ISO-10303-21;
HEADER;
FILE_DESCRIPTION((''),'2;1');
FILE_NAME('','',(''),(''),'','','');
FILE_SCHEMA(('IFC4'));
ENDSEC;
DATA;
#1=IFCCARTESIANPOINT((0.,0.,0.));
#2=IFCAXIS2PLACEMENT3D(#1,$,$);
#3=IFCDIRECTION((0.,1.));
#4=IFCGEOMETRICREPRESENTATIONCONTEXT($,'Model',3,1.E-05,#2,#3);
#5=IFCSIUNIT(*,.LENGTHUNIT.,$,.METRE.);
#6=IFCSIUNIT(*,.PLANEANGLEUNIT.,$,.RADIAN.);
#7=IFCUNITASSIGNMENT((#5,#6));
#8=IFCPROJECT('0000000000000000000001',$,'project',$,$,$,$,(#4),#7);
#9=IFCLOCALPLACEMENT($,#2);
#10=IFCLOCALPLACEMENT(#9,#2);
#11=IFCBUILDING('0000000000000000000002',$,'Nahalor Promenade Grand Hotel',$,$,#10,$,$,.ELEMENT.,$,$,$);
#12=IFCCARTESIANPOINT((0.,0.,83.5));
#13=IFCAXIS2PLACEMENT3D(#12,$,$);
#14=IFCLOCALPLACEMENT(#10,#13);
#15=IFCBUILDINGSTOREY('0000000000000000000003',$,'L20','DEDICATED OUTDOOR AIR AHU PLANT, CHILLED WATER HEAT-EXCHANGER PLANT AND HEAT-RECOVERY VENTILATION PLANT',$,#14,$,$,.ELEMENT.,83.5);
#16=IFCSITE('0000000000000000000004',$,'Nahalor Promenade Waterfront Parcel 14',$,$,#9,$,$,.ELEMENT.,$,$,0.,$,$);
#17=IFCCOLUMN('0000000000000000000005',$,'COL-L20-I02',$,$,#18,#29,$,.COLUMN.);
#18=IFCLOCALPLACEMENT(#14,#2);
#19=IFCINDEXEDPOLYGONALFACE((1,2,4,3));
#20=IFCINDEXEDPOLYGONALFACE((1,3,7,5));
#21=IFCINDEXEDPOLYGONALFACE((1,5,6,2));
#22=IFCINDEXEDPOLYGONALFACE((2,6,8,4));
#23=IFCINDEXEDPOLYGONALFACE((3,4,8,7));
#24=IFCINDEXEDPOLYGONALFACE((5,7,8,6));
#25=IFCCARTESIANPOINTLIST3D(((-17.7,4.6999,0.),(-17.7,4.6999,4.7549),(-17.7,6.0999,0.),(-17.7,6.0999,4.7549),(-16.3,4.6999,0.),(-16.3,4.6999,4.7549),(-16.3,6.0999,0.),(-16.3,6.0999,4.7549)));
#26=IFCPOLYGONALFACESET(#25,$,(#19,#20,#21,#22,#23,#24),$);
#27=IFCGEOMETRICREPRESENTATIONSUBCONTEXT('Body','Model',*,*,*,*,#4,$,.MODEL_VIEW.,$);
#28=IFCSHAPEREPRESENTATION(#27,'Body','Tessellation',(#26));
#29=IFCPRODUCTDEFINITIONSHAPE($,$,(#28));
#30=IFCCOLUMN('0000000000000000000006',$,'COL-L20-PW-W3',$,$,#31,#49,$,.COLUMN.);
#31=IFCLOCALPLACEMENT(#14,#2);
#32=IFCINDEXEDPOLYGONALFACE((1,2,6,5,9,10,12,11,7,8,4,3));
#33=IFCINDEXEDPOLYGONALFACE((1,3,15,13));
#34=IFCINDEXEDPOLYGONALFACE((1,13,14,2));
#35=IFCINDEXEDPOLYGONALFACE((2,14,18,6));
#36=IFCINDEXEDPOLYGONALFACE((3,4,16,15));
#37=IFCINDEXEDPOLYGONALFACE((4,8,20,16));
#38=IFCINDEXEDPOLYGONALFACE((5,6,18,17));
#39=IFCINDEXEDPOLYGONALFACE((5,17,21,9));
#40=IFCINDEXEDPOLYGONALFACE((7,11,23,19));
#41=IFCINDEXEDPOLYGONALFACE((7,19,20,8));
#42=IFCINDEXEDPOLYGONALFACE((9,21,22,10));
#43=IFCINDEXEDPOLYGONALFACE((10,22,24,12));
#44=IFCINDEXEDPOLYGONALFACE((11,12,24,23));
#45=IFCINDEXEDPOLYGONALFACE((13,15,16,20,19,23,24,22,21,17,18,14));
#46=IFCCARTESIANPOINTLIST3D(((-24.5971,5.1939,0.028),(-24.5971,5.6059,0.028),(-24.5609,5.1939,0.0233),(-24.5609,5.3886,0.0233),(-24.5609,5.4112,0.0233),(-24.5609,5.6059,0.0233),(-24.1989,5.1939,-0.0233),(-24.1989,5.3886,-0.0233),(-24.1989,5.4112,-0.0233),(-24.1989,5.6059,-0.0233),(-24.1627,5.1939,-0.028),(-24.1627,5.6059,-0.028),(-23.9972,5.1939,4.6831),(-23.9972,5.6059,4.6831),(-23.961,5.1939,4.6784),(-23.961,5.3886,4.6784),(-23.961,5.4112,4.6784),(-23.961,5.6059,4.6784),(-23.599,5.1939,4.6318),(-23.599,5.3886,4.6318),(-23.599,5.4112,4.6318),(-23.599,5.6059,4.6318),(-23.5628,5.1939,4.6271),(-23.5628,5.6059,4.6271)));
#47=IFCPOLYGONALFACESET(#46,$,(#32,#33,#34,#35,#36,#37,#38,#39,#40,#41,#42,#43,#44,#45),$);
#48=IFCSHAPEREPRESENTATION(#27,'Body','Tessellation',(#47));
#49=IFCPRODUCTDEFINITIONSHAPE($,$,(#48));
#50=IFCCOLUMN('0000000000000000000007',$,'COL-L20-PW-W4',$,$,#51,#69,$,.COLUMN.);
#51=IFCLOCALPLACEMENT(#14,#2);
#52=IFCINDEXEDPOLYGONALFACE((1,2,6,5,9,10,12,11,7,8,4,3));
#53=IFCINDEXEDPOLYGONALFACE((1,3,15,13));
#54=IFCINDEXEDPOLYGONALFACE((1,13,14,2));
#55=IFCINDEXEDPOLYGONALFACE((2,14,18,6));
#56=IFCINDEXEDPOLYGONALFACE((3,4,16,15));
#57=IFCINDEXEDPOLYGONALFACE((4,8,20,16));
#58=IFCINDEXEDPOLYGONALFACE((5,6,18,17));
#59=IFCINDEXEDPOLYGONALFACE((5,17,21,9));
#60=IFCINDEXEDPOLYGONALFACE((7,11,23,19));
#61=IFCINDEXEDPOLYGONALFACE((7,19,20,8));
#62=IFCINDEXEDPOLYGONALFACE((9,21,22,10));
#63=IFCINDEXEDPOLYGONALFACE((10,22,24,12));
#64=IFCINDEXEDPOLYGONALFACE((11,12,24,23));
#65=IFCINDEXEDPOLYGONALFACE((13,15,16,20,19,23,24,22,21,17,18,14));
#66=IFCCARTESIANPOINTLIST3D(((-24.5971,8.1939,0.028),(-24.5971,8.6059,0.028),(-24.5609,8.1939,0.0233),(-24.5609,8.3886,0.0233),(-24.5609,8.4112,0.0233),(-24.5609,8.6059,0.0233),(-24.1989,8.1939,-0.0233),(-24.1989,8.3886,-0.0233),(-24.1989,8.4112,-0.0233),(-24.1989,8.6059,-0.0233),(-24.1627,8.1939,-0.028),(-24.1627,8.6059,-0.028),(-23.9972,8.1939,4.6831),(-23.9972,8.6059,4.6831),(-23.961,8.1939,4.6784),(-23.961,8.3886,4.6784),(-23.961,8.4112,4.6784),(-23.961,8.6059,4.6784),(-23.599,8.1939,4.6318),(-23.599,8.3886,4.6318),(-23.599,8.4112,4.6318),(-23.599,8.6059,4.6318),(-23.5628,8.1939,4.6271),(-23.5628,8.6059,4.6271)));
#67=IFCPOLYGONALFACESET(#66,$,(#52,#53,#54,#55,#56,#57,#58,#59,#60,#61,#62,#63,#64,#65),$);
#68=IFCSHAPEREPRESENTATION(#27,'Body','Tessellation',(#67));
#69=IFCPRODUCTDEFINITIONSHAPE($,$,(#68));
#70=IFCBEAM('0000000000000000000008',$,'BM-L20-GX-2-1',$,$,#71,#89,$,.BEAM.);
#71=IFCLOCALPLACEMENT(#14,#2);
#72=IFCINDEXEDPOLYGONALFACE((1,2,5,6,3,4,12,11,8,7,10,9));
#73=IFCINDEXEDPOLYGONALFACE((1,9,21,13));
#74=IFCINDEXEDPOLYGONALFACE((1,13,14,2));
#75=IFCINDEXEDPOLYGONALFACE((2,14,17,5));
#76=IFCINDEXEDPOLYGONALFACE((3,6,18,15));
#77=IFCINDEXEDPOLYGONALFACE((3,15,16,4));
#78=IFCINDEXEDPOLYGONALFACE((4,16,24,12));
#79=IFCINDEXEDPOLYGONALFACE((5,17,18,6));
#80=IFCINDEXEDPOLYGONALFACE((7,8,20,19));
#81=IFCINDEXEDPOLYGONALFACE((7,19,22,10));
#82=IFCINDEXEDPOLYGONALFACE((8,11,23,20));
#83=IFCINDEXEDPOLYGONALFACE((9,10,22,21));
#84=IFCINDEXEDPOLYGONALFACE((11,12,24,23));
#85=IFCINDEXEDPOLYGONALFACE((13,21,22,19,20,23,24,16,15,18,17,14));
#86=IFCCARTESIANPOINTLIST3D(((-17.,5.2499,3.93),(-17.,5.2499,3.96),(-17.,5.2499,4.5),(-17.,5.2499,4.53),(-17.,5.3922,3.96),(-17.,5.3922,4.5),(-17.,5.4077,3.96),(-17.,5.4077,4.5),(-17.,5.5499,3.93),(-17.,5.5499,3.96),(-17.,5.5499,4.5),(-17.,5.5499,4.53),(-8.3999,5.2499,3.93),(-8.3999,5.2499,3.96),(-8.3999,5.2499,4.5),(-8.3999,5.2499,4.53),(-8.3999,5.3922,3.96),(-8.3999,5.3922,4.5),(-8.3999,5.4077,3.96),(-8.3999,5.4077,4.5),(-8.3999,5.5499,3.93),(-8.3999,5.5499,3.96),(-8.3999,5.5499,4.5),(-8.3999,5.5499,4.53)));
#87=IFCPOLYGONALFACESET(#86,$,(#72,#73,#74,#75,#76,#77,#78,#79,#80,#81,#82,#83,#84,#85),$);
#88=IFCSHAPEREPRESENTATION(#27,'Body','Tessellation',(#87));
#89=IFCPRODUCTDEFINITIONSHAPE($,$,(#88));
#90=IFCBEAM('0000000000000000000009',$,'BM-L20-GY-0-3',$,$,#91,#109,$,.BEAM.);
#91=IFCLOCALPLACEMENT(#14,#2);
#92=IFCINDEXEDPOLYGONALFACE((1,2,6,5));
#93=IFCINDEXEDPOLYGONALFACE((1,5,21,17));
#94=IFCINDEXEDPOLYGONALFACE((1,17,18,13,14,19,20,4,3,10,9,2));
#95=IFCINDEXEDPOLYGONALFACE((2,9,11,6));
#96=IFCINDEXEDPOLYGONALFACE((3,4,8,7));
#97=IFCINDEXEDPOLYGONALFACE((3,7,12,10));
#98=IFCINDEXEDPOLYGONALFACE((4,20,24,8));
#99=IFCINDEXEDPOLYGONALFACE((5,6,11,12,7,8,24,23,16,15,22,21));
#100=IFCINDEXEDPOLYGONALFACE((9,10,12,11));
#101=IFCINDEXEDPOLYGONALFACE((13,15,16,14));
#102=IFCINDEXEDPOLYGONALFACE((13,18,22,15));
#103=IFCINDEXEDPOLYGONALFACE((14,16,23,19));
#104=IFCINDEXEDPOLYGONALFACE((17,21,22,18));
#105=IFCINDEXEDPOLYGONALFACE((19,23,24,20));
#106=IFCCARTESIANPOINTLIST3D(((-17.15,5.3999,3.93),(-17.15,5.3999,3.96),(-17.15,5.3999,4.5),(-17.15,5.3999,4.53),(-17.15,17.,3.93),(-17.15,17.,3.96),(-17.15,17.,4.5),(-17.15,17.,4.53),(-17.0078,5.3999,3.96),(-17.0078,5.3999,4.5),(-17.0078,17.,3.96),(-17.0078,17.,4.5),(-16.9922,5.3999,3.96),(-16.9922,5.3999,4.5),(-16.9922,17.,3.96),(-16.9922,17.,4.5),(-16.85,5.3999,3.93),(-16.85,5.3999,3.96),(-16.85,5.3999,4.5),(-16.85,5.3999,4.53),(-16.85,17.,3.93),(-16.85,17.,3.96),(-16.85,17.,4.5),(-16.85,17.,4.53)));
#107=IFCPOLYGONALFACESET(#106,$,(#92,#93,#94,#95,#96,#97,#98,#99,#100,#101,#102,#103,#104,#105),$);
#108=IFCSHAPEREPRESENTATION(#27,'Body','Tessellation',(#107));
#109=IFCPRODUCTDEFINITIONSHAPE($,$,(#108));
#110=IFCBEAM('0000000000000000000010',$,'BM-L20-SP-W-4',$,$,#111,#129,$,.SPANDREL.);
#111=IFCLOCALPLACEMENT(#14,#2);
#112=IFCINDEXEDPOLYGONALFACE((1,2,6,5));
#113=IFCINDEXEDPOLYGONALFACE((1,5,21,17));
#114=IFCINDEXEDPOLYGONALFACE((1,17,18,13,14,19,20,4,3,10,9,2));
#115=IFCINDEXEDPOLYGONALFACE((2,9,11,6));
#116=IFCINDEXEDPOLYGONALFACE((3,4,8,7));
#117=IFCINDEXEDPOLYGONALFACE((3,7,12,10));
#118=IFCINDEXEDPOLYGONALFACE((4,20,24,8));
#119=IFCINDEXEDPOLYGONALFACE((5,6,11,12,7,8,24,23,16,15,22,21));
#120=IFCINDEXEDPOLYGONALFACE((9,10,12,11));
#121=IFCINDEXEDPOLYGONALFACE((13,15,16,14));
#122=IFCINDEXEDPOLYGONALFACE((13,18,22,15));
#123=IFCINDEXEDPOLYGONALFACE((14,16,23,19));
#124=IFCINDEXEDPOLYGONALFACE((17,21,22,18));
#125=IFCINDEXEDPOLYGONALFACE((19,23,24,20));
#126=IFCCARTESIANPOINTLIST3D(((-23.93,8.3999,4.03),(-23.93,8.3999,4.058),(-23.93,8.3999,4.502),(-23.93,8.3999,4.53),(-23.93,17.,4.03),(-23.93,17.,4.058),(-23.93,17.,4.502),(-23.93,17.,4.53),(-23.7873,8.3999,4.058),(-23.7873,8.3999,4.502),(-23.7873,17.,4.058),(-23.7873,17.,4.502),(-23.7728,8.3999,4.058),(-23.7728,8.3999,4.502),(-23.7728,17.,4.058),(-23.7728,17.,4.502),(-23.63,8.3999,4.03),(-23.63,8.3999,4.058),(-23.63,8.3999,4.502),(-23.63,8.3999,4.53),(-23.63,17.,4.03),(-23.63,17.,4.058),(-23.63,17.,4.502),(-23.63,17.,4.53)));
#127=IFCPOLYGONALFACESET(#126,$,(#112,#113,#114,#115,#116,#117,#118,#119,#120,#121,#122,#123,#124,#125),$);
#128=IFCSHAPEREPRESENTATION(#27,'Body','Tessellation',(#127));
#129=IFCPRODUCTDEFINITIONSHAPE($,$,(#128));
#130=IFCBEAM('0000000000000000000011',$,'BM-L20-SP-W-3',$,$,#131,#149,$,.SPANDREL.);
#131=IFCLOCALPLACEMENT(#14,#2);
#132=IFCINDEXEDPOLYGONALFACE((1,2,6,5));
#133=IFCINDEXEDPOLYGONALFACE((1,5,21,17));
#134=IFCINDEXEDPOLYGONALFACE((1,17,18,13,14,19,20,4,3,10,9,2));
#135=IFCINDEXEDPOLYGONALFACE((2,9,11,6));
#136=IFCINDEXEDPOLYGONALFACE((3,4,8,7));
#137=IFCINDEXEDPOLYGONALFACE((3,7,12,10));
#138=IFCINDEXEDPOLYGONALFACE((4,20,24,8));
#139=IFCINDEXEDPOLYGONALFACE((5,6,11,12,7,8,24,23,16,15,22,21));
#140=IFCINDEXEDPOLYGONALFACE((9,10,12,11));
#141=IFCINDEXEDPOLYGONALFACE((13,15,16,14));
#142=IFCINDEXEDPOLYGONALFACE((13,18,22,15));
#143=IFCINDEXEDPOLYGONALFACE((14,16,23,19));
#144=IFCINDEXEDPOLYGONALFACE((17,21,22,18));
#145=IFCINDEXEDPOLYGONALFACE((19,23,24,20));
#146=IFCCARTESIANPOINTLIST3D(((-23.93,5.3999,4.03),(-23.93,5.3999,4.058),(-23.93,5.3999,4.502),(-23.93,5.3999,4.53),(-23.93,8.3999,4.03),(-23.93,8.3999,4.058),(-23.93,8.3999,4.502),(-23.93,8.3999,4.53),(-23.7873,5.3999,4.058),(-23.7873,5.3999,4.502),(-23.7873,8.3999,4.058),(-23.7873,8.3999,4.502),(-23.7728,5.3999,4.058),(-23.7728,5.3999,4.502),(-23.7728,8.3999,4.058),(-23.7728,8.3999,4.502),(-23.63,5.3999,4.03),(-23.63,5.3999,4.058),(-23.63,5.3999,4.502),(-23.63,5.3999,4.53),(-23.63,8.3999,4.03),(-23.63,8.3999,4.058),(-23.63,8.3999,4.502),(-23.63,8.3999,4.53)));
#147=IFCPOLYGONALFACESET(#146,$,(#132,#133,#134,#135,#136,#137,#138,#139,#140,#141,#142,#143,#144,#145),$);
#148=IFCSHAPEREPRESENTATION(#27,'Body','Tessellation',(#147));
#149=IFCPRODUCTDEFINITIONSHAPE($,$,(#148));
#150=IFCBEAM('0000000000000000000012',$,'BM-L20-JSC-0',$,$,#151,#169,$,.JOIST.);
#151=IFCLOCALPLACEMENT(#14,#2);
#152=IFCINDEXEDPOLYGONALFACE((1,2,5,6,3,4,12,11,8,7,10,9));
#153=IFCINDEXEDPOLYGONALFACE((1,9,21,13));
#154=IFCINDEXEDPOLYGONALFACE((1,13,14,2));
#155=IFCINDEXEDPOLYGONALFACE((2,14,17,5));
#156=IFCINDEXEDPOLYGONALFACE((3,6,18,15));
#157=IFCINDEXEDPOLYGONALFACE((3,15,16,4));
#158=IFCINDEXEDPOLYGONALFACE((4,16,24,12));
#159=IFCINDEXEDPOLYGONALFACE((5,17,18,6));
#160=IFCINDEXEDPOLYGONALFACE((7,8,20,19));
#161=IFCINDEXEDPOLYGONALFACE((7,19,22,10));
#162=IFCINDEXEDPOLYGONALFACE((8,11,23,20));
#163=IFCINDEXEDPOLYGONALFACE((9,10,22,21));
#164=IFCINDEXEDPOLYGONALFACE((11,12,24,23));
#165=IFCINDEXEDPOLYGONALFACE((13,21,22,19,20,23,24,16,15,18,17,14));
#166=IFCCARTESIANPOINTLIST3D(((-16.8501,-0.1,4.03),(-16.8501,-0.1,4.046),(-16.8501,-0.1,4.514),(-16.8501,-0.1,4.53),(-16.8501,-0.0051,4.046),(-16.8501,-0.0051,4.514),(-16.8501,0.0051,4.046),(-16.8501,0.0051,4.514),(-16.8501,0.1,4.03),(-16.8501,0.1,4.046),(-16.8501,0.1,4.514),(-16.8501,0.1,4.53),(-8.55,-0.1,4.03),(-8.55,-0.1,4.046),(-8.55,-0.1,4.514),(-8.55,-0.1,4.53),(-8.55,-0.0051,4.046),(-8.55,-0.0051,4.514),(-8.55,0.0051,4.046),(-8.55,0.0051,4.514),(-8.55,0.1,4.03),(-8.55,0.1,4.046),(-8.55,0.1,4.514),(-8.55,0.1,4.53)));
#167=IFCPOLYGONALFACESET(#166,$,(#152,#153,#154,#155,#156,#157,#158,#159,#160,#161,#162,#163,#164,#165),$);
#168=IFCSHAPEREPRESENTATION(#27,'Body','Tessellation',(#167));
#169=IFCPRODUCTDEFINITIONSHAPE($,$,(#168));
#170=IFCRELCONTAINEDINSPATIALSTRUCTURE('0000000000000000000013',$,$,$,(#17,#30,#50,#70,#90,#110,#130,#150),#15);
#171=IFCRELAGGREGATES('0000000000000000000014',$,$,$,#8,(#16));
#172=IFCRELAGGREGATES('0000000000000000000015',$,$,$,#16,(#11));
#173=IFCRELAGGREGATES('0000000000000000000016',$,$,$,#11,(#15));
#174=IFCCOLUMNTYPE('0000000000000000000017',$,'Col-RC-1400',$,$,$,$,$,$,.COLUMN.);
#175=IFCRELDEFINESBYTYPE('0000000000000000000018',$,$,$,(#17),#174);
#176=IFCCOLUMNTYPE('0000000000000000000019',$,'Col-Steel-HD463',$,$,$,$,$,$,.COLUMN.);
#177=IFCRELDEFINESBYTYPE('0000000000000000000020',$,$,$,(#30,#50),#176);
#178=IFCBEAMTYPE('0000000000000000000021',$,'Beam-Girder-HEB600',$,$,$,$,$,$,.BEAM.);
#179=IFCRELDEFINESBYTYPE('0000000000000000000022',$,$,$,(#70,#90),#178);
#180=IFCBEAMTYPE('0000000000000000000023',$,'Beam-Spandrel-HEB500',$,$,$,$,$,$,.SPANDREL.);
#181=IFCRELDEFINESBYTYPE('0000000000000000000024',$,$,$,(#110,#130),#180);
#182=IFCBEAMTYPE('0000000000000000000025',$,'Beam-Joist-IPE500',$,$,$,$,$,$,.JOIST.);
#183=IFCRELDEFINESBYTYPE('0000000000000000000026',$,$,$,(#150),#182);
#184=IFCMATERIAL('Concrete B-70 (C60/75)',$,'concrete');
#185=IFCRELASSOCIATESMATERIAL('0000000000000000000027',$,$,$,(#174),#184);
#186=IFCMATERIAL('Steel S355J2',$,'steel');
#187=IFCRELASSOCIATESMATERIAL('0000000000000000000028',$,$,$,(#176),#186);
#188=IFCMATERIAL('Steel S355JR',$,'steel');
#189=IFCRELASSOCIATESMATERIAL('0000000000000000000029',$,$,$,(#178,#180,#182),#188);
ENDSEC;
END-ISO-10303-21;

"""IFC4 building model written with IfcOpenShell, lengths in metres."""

from ifc_helpers import new_model, si_unit, direction, frame, origin, origin_2d, place, context, subcontext, project, spatial, rectangle, i_section, extrude, source, transform, mapped, material, material_profile, profile_set, type_object, element, save


model = new_model("IFC4")

# Units and contexts
model_context = context("Model", 3, precision=1e-05, world=origin(), true_north=direction((0.0, 1.0)))
body_context = subcontext(model_context, "Body", "Model", "MODEL_VIEW")
ifc_project = project(units=[si_unit("LENGTHUNIT", "METRE"), si_unit("PLANEANGLEUNIT", "RADIAN")], contexts=[model_context])

# Site, building, storey
site_placement = place(None, origin())
site = spatial("IfcSite", under=ifc_project, at=site_placement, Name="Nahalor Promenade Waterfront Parcel 14", CompositionType="ELEMENT", RefElevation=0.0)
building_placement = place(site_placement, origin())
building = spatial("IfcBuilding", under=site, at=building_placement, Name="Nahalor Promenade Grand Hotel", CompositionType="ELEMENT")
storey_placement = place(building_placement, frame((0.0, 0.0, 83.5)))
storey = spatial("IfcBuildingStorey", under=building, at=storey_placement, Name="L20", Description="DEDICATED OUTDOOR AIR AHU PLANT, CHILLED WATER HEAT-EXCHANGER PLANT AND HEAT-RECOVERY VENTILATION PLANT", CompositionType="ELEMENT", Elevation=83.5)

# Columns
ifc_material_1 = material(Name="Concrete B-70 (C60/75)", Category="concrete")
ifc_material_profile_1 = material_profile(ifc_material_1, rectangle(XDim=1.4, YDim=1.4, at=origin_2d()), Name="RC 1400x1400")
ifc_profile_set_1 = profile_set([ifc_material_profile_1], Name="Concrete B-70 (C60/75)")
column_type_1 = type_object("IfcColumnType", Name="Col-RC-1400", PredefinedType="COLUMN", material=ifc_profile_set_1)
shared_shape_1 = source(origin(), body_context, "Body", "SweptSolid", [
    extrude(rectangle(XDim=1.4, YDim=1.4, at=origin_2d()), origin(), (0.0, 0.0, 1.0), 4.7549),
])
column_placement = place(storey_placement, frame((-17.0, 5.3999, 0.0), z_axis=(0.0, 0.0, 1.0), x_axis=(1.0, 0.0, 0.0)))
element("IfcColumn", 1, at=column_placement, inside=storey, type_object=column_type_1, Name="COL-L20-I02", PredefinedType="COLUMN", context=body_context, shape_type="MappedRepresentation", body=[
    mapped(shared_shape_1, transform((0.0, 0.0, 0.0), scale=1.0)),
])
ifc_material_2 = material(Name="Steel S355J2", Category="steel")
ifc_material_profile_2 = material_profile(ifc_material_2, i_section(OverallWidth=0.412, OverallDepth=0.438, WebThickness=0.0226, FlangeThickness=0.0365, at=origin_2d()), Name="HD 400x463")
ifc_profile_set_2 = profile_set([ifc_material_profile_2], Name="Steel S355J2")
column_type_2 = type_object("IfcColumnType", Name="Col-Steel-HD463", PredefinedType="COLUMN", material=ifc_profile_set_2)
shared_shape_2 = source(origin(), body_context, "Body", "SweptSolid", [
    extrude(i_section(OverallWidth=0.412, OverallDepth=0.438, WebThickness=0.0226, FlangeThickness=0.0365, at=origin_2d()), origin(), (0.0, 0.0, 1.0), 4.6936),
])
for number, where, z_axis, x_axis, name in (
    (2, (-24.3799, 5.3999, 0.0), (0.127805, 0.0, 0.991799), (0.0, 1.0, 0.0), "COL-L20-PW-W3"),
    (3, (-24.3799, 8.3999, 0.0), (0.127805, 0.0, 0.991799), (0.0, 1.0, 0.0), "COL-L20-PW-W4"),
):
    element("IfcColumn", number, at=place(storey_placement, frame(where, z_axis=z_axis, x_axis=x_axis)), inside=storey, type_object=column_type_2, Name=name, PredefinedType="COLUMN", context=body_context, shape_type="MappedRepresentation", body=[
        mapped(shared_shape_2, transform((0.0, 0.0, 0.0), scale=1.0)),
    ])

# Beams
ifc_material_3 = material(Name="Steel S355JR", Category="steel")
ifc_material_profile_3 = material_profile(ifc_material_3, i_section(OverallWidth=0.3, OverallDepth=0.6, WebThickness=0.0155, FlangeThickness=0.03, at=origin_2d()), Name="HEB 600")
ifc_profile_set_3 = profile_set([ifc_material_profile_3], Name="Steel S355JR")
beam_type_1 = type_object("IfcBeamType", Name="Beam-Girder-HEB600", PredefinedType="BEAM", material=ifc_profile_set_3)
shared_shape_3 = source(origin(), body_context, "Body", "SweptSolid", [
    extrude(i_section(OverallWidth=0.3, OverallDepth=0.6, WebThickness=0.0155, FlangeThickness=0.03, at=origin_2d()), origin(), (0.0, 0.0, 1.0), 8.6001),
])
beam_1_placement = place(storey_placement, frame((-17.0, 5.3999, 4.23), z_axis=(1.0, 0.0, 0.0), x_axis=(0.0, 1.0, 0.0)))
element("IfcBeam", 4, at=beam_1_placement, inside=storey, type_object=beam_type_1, Name="BM-L20-GX-2-1", PredefinedType="BEAM", context=body_context, shape_type="MappedRepresentation", body=[
    mapped(shared_shape_3, transform((0.0, 0.0, 0.0), scale=1.0)),
])
shared_shape_4 = source(origin(), body_context, "Body", "SweptSolid", [
    extrude(i_section(OverallWidth=0.3, OverallDepth=0.6, WebThickness=0.0155, FlangeThickness=0.03, at=origin_2d()), origin(), (0.0, 0.0, 1.0), 11.6001),
])
beam_2_placement = place(storey_placement, frame((-17.0, 5.3999, 4.23), z_axis=(0.0, 1.0, 0.0), x_axis=(-1.0, 0.0, 0.0)))
element("IfcBeam", 5, at=beam_2_placement, inside=storey, type_object=beam_type_1, Name="BM-L20-GY-0-3", PredefinedType="BEAM", context=body_context, shape_type="MappedRepresentation", body=[
    mapped(shared_shape_4, transform((0.0, 0.0, 0.0), scale=1.0)),
])
ifc_material_profile_4 = material_profile(ifc_material_3, i_section(OverallWidth=0.3, OverallDepth=0.5, WebThickness=0.0145, FlangeThickness=0.028, at=origin_2d()), Name="HEB 500")
ifc_profile_set_4 = profile_set([ifc_material_profile_4], Name="Steel S355JR")
beam_type_2 = type_object("IfcBeamType", Name="Beam-Spandrel-HEB500", PredefinedType="SPANDREL", material=ifc_profile_set_4)
shared_shape_5 = source(origin(), body_context, "Body", "SweptSolid", [
    extrude(i_section(OverallWidth=0.3, OverallDepth=0.5, WebThickness=0.0145, FlangeThickness=0.028, at=origin_2d()), origin(), (0.0, 0.0, 1.0), 8.6001),
])
beam_3_placement = place(storey_placement, frame((-23.78, 8.3999, 4.28), z_axis=(0.0, 1.0, 0.0), x_axis=(-1.0, 0.0, 0.0)))
element("IfcBeam", 6, at=beam_3_placement, inside=storey, type_object=beam_type_2, Name="BM-L20-SP-W-4", PredefinedType="SPANDREL", context=body_context, shape_type="MappedRepresentation", body=[
    mapped(shared_shape_5, transform((0.0, 0.0, 0.0), scale=1.0)),
])
shared_shape_6 = source(origin(), body_context, "Body", "SweptSolid", [
    extrude(i_section(OverallWidth=0.3, OverallDepth=0.5, WebThickness=0.0145, FlangeThickness=0.028, at=origin_2d()), origin(), (0.0, 0.0, 1.0), 3.0),
])
beam_4_placement = place(storey_placement, frame((-23.78, 5.3999, 4.28), z_axis=(0.0, 1.0, 0.0), x_axis=(-1.0, 0.0, 0.0)))
element("IfcBeam", 7, at=beam_4_placement, inside=storey, type_object=beam_type_2, Name="BM-L20-SP-W-3", PredefinedType="SPANDREL", context=body_context, shape_type="MappedRepresentation", body=[
    mapped(shared_shape_6, transform((0.0, 0.0, 0.0), scale=1.0)),
])
ifc_material_profile_5 = material_profile(ifc_material_3, i_section(OverallWidth=0.2, OverallDepth=0.5, WebThickness=0.0102, FlangeThickness=0.016, at=origin_2d()), Name="IPE 500")
ifc_profile_set_5 = profile_set([ifc_material_profile_5], Name="Steel S355JR")
beam_type_3 = type_object("IfcBeamType", Name="Beam-Joist-IPE500", PredefinedType="JOIST", material=ifc_profile_set_5)
shared_shape_7 = source(origin(), body_context, "Body", "SweptSolid", [
    extrude(i_section(OverallWidth=0.2, OverallDepth=0.5, WebThickness=0.0102, FlangeThickness=0.016, at=origin_2d()), origin(), (0.0, 0.0, 1.0), 8.3),
])
beam_5_placement = place(storey_placement, frame((-16.8501, 0.0, 4.28), z_axis=(1.0, 0.0, 0.0), x_axis=(0.0, 1.0, 0.0)))
element("IfcBeam", 8, at=beam_5_placement, inside=storey, type_object=beam_type_3, Name="BM-L20-JSC-0", PredefinedType="JOIST", context=body_context, shape_type="MappedRepresentation", body=[
    mapped(shared_shape_7, transform((0.0, 0.0, 0.0), scale=1.0)),
])

save(model, "model.ifc")
